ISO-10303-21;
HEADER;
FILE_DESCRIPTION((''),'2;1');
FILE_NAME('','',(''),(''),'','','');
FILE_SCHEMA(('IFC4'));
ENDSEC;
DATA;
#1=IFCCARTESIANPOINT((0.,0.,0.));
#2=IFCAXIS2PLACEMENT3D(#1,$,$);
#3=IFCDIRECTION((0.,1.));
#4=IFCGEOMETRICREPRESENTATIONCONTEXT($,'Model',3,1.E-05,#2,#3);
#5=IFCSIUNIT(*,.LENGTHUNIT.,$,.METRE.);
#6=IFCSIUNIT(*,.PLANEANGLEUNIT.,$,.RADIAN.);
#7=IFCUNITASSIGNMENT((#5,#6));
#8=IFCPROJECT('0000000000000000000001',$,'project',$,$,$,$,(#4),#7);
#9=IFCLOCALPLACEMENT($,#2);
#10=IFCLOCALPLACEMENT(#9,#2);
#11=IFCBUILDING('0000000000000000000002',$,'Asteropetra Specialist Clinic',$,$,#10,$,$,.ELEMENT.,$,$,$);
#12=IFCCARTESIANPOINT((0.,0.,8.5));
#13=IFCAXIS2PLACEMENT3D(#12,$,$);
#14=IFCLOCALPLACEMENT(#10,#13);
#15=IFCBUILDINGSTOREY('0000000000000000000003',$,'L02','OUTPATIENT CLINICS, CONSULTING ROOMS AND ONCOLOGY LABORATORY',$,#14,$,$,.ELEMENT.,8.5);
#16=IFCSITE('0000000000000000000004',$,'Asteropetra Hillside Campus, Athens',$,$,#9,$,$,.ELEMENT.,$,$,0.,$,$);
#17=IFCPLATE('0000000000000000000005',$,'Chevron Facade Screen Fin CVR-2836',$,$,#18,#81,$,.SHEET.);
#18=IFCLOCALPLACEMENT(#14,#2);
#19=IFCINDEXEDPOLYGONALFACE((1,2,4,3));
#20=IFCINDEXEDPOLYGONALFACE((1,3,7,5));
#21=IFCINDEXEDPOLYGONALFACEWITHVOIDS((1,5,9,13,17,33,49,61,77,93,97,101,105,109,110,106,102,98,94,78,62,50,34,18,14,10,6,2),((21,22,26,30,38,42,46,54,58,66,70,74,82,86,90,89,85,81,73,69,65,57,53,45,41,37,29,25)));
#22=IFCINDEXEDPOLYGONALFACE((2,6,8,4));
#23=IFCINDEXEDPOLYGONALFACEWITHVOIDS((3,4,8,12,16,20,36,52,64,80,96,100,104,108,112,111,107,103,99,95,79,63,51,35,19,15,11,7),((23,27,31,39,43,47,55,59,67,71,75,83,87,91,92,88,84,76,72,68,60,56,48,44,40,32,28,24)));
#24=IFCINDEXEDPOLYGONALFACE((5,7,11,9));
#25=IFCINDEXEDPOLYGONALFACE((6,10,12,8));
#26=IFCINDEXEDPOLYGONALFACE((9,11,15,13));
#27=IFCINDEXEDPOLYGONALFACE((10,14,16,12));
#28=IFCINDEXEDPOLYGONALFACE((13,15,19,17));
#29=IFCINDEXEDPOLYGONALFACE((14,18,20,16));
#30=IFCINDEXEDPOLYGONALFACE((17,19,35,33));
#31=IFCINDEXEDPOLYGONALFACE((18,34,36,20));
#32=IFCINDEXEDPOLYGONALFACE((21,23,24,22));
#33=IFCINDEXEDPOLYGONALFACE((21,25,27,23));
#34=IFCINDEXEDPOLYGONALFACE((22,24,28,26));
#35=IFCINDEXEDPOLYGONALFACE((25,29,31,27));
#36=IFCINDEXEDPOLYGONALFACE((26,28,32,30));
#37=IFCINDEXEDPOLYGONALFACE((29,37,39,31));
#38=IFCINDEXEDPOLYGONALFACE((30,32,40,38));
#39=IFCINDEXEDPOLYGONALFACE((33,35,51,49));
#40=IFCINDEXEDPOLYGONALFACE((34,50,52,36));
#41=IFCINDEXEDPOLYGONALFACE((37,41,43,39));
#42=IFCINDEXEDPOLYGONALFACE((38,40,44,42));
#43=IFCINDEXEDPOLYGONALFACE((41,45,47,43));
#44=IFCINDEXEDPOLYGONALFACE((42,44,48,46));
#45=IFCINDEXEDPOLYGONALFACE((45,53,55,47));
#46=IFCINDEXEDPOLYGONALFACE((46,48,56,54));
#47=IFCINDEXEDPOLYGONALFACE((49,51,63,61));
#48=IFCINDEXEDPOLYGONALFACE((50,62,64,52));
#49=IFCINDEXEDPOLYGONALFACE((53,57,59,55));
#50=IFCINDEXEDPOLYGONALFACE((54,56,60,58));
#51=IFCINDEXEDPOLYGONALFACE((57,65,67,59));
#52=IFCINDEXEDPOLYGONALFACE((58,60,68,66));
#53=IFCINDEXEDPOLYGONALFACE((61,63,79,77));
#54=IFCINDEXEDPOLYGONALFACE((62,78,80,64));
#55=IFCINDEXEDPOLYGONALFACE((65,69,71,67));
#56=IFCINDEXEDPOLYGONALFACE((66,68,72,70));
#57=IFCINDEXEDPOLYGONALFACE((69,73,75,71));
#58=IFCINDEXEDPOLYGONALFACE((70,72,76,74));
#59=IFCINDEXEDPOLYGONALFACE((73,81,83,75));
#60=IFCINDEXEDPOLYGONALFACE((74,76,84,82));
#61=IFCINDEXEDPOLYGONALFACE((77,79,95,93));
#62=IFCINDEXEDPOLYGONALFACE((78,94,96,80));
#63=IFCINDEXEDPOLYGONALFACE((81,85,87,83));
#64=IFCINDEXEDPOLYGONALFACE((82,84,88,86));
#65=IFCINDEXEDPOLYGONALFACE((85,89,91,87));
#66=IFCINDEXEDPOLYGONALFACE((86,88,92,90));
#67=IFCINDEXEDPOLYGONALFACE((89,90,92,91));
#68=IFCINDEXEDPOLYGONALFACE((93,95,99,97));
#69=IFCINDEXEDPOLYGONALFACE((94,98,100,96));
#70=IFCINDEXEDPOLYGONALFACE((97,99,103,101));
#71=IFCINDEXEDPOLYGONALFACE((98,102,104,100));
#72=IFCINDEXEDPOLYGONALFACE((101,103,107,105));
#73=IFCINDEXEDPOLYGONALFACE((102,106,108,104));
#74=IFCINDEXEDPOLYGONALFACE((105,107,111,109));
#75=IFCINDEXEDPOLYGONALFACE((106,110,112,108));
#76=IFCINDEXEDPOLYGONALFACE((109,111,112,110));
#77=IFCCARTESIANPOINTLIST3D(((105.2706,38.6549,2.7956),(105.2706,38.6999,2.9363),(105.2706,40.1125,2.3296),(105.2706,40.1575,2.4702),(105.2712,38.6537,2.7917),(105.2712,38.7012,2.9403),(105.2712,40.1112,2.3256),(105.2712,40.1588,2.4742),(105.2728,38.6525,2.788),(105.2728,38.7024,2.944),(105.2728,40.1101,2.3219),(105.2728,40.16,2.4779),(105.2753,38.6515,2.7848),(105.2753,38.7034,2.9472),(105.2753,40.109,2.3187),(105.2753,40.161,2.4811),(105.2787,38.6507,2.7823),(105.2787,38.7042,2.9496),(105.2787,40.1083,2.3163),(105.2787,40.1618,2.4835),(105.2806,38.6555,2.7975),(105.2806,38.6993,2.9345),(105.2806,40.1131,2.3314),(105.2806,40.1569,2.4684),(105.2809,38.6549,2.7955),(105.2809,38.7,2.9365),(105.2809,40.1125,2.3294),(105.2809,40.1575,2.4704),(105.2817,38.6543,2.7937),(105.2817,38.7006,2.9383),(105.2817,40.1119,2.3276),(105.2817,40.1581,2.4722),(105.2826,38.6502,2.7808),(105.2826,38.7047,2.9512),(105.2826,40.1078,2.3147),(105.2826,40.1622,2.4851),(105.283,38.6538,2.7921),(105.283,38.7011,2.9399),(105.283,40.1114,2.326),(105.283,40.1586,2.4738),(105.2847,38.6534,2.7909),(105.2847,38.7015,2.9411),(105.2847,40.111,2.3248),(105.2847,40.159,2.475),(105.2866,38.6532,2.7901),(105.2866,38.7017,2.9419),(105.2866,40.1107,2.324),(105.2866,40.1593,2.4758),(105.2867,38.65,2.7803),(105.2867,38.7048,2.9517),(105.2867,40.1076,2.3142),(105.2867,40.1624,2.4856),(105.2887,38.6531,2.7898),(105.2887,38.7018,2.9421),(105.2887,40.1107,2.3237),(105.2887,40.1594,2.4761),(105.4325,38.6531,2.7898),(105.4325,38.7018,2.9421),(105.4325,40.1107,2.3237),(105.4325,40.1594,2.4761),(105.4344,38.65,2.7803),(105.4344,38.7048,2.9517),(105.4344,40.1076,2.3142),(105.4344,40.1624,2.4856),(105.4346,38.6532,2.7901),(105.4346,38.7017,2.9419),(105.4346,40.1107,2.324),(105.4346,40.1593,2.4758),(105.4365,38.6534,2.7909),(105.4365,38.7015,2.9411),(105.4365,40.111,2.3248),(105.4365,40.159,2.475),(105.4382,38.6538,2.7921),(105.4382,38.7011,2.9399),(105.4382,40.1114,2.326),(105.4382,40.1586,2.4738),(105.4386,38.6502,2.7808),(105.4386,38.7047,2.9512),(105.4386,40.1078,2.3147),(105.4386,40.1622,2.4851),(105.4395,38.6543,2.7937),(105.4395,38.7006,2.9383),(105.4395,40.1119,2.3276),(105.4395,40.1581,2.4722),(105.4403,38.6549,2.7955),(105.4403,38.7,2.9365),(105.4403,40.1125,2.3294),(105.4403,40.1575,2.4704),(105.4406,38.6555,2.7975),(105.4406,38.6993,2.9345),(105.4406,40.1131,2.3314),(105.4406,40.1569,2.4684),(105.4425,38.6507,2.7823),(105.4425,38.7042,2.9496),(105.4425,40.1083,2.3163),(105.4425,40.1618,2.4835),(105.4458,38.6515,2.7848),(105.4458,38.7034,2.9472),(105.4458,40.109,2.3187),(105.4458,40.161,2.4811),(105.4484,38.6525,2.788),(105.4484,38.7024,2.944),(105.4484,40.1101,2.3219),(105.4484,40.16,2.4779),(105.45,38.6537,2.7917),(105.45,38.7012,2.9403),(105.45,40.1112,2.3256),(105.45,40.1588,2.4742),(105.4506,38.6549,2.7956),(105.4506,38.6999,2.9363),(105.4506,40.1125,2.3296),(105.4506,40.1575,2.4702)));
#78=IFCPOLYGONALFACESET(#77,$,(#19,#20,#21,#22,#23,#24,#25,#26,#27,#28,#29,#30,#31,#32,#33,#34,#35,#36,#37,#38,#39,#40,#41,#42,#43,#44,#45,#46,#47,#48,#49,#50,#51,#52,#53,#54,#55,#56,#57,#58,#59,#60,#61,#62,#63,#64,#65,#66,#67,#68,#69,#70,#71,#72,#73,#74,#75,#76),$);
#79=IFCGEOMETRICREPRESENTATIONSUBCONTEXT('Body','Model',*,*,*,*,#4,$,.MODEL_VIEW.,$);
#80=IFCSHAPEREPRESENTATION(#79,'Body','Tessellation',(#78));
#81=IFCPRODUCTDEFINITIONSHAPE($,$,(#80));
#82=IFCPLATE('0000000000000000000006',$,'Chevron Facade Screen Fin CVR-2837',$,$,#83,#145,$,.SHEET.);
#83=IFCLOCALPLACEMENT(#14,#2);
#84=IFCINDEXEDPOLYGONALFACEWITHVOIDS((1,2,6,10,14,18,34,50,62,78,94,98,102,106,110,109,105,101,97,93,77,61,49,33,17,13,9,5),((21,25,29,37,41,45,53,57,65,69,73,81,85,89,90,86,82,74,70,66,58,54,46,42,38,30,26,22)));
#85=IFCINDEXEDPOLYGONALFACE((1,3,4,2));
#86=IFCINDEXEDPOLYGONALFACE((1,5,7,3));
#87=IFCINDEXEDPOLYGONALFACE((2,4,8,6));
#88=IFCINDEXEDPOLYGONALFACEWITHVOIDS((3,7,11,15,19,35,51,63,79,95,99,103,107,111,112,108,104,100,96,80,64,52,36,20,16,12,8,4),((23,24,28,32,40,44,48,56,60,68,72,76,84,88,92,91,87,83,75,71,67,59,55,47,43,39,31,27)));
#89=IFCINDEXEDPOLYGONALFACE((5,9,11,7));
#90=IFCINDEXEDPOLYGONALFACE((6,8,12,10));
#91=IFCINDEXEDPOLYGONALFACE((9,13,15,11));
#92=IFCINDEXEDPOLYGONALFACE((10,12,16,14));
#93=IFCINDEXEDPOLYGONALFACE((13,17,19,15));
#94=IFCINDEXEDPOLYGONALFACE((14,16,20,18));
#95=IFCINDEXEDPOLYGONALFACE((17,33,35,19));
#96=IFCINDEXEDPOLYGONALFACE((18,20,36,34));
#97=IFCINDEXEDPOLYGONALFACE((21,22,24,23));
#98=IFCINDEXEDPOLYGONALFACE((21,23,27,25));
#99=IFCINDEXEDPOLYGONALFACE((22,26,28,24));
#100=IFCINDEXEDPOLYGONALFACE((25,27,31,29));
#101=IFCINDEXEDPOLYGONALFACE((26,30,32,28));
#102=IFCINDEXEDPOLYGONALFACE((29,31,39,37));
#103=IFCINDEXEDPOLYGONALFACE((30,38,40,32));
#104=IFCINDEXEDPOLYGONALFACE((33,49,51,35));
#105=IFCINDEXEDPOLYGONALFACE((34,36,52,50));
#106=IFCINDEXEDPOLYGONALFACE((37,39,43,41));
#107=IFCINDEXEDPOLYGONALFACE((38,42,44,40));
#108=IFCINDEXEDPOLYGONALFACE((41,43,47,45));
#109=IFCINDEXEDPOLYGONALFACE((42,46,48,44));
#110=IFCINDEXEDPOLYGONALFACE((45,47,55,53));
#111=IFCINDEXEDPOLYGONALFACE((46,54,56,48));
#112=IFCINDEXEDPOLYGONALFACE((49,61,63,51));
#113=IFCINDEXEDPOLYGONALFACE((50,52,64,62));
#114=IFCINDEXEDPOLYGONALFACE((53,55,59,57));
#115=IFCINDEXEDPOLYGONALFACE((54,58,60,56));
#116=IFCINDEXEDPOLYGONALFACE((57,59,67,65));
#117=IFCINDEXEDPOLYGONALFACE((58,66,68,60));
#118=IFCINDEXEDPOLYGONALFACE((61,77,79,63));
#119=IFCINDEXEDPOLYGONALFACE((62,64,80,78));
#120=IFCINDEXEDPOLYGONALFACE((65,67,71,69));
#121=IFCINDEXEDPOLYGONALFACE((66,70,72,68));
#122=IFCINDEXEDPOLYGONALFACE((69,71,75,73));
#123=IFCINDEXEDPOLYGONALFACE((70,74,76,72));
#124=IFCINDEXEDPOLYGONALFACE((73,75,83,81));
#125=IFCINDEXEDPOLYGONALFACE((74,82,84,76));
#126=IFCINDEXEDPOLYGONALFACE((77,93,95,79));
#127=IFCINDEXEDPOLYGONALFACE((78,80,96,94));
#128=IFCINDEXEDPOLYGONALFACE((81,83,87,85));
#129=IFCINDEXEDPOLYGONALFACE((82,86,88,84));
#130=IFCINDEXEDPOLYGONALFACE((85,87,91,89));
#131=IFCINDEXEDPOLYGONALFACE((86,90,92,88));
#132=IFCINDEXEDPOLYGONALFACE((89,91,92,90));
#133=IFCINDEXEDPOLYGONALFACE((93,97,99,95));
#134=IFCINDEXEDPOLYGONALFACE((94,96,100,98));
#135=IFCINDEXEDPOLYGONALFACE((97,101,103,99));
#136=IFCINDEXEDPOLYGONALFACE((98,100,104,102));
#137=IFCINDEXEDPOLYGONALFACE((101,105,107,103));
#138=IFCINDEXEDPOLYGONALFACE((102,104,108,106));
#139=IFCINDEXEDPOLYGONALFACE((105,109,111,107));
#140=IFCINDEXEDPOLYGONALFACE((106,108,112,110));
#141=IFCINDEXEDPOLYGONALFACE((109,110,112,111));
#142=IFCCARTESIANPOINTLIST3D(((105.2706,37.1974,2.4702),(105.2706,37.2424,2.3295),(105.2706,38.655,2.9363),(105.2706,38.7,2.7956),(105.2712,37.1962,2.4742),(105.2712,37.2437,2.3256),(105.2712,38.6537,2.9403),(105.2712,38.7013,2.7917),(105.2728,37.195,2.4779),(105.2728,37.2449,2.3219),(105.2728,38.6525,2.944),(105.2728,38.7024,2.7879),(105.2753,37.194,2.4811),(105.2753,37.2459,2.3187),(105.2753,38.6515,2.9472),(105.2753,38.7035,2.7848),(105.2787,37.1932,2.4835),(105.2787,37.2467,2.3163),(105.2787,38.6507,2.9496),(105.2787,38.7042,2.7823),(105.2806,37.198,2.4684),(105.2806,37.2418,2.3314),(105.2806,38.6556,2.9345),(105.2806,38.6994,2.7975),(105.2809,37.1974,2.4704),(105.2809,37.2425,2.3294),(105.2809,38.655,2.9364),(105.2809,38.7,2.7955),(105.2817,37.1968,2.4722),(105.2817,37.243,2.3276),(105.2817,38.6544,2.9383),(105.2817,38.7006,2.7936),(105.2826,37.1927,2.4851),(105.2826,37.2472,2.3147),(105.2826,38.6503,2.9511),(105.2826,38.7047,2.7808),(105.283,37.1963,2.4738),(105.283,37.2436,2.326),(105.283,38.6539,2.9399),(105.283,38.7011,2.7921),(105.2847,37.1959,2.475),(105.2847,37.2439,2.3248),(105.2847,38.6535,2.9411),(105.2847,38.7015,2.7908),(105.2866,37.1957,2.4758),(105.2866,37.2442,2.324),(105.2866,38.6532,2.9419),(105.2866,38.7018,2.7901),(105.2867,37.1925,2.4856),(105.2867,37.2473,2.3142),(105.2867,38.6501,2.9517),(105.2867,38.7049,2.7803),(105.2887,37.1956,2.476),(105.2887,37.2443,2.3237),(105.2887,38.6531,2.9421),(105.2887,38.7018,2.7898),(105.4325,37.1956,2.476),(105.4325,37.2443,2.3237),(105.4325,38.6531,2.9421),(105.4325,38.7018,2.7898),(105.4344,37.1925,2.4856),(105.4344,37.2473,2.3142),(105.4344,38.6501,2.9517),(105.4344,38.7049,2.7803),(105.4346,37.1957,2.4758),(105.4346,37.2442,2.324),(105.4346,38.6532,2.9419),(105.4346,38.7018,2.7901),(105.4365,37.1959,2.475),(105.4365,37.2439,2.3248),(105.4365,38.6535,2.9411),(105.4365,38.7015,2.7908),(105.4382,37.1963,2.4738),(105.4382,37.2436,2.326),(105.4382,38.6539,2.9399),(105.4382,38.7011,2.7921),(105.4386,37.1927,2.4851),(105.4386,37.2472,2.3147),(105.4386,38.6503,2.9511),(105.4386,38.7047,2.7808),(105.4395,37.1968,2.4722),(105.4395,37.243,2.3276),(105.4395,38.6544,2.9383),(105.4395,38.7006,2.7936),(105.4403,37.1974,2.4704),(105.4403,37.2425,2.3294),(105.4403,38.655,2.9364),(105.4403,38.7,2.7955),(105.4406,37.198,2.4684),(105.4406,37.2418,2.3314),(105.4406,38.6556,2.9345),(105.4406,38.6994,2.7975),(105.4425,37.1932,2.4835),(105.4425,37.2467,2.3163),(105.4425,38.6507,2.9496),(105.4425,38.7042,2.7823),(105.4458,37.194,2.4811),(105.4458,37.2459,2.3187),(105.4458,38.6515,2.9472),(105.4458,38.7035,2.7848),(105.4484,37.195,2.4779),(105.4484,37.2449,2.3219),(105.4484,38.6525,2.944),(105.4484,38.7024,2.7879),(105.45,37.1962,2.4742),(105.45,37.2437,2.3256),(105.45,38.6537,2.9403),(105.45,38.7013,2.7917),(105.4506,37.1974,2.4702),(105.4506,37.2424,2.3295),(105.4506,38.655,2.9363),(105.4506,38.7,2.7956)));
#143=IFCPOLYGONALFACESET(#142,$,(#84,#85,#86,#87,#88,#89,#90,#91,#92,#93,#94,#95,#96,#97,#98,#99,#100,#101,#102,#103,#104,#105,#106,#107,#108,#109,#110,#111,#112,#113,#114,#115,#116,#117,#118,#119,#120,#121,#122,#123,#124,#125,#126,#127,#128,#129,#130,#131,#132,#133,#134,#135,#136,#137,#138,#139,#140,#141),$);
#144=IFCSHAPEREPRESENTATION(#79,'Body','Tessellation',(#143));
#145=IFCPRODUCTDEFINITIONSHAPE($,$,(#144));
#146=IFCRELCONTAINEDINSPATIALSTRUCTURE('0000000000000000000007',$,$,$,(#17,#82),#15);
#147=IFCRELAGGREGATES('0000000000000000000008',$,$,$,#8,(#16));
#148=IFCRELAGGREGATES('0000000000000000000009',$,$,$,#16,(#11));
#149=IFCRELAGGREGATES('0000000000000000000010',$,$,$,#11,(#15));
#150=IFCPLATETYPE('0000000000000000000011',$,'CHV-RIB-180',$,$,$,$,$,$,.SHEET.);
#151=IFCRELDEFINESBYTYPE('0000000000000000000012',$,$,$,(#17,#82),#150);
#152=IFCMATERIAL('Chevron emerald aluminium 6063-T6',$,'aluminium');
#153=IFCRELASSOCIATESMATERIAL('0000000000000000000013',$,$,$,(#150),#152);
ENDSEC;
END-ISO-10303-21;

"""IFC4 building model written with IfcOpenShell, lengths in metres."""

from ifc_helpers import new_model, si_unit, direction, frame, origin, origin_2d, place, context, subcontext, project, spatial, hollow_rectangle, extrude, material, material_profile, profile_set, type_object, element, save


model = new_model("IFC4")

# Units and contexts
model_context = context("Model", 3, precision=1e-05, world=origin(), true_north=direction((0.0, 1.0)))
body_context = subcontext(model_context, "Body", "Model", "MODEL_VIEW")
ifc_project = project(units=[si_unit("LENGTHUNIT", "METRE"), si_unit("PLANEANGLEUNIT", "RADIAN")], contexts=[model_context])

# Site, building, storey
site_placement = place(None, origin())
site = spatial("IfcSite", under=ifc_project, at=site_placement, Name="Asteropetra Hillside Campus, Athens", CompositionType="ELEMENT", RefElevation=0.0)
building_placement = place(site_placement, origin())
building = spatial("IfcBuilding", under=site, at=building_placement, Name="Asteropetra Specialist Clinic", CompositionType="ELEMENT")
storey_placement = place(building_placement, frame((0.0, 0.0, 8.5)))
storey = spatial("IfcBuildingStorey", under=building, at=storey_placement, Name="L02", Description="OUTPATIENT CLINICS, CONSULTING ROOMS AND ONCOLOGY LABORATORY", CompositionType="ELEMENT", Elevation=8.5)

# Plates
ifc_material_1 = material(Name="Chevron emerald aluminium 6063-T6", Category="aluminium")
ifc_material_profile = material_profile(ifc_material_1, hollow_rectangle(XDim=0.1799, YDim=0.1799, WallThickness=0.01, InnerFilletRadius=0.0081, OuterFilletRadius=0.0161, at=origin_2d()), Name="SHS 180x180x10.0")
ifc_profile_set = profile_set([ifc_material_profile], Name="Chevron emerald aluminium 6063-T6")
plate_type_1 = type_object("IfcPlateType", Name="CHV-RIB-180", PredefinedType="SHEET", material=ifc_profile_set)
for number, where, z_axis, x_axis, name in (
    (1, (105.3606, 40.135, 2.3999), (0.0, -0.952489, 0.304573), (1.0, 0.0, 0.0), "Chevron Facade Screen Fin CVR-2836"),
    (2, (105.3606, 38.6775, 2.866), (0.0, -0.952489, -0.304573), (1.0, 0.0, 0.0), "Chevron Facade Screen Fin CVR-2837"),
):
    element("IfcPlate", number, at=place(storey_placement, frame(where, z_axis=z_axis, x_axis=x_axis)), inside=storey, type_object=plate_type_1, Name=name, PredefinedType="SHEET", context=body_context, shape_type="SweptSolid", body=[
        extrude(hollow_rectangle(XDim=0.1799, YDim=0.1799, WallThickness=0.01, InnerFilletRadius=0.0081, OuterFilletRadius=0.0161, at=origin_2d()), origin(), (0.0, 0.0, 1.0), 1.5303),
    ])

save(model, "model.ifc")
